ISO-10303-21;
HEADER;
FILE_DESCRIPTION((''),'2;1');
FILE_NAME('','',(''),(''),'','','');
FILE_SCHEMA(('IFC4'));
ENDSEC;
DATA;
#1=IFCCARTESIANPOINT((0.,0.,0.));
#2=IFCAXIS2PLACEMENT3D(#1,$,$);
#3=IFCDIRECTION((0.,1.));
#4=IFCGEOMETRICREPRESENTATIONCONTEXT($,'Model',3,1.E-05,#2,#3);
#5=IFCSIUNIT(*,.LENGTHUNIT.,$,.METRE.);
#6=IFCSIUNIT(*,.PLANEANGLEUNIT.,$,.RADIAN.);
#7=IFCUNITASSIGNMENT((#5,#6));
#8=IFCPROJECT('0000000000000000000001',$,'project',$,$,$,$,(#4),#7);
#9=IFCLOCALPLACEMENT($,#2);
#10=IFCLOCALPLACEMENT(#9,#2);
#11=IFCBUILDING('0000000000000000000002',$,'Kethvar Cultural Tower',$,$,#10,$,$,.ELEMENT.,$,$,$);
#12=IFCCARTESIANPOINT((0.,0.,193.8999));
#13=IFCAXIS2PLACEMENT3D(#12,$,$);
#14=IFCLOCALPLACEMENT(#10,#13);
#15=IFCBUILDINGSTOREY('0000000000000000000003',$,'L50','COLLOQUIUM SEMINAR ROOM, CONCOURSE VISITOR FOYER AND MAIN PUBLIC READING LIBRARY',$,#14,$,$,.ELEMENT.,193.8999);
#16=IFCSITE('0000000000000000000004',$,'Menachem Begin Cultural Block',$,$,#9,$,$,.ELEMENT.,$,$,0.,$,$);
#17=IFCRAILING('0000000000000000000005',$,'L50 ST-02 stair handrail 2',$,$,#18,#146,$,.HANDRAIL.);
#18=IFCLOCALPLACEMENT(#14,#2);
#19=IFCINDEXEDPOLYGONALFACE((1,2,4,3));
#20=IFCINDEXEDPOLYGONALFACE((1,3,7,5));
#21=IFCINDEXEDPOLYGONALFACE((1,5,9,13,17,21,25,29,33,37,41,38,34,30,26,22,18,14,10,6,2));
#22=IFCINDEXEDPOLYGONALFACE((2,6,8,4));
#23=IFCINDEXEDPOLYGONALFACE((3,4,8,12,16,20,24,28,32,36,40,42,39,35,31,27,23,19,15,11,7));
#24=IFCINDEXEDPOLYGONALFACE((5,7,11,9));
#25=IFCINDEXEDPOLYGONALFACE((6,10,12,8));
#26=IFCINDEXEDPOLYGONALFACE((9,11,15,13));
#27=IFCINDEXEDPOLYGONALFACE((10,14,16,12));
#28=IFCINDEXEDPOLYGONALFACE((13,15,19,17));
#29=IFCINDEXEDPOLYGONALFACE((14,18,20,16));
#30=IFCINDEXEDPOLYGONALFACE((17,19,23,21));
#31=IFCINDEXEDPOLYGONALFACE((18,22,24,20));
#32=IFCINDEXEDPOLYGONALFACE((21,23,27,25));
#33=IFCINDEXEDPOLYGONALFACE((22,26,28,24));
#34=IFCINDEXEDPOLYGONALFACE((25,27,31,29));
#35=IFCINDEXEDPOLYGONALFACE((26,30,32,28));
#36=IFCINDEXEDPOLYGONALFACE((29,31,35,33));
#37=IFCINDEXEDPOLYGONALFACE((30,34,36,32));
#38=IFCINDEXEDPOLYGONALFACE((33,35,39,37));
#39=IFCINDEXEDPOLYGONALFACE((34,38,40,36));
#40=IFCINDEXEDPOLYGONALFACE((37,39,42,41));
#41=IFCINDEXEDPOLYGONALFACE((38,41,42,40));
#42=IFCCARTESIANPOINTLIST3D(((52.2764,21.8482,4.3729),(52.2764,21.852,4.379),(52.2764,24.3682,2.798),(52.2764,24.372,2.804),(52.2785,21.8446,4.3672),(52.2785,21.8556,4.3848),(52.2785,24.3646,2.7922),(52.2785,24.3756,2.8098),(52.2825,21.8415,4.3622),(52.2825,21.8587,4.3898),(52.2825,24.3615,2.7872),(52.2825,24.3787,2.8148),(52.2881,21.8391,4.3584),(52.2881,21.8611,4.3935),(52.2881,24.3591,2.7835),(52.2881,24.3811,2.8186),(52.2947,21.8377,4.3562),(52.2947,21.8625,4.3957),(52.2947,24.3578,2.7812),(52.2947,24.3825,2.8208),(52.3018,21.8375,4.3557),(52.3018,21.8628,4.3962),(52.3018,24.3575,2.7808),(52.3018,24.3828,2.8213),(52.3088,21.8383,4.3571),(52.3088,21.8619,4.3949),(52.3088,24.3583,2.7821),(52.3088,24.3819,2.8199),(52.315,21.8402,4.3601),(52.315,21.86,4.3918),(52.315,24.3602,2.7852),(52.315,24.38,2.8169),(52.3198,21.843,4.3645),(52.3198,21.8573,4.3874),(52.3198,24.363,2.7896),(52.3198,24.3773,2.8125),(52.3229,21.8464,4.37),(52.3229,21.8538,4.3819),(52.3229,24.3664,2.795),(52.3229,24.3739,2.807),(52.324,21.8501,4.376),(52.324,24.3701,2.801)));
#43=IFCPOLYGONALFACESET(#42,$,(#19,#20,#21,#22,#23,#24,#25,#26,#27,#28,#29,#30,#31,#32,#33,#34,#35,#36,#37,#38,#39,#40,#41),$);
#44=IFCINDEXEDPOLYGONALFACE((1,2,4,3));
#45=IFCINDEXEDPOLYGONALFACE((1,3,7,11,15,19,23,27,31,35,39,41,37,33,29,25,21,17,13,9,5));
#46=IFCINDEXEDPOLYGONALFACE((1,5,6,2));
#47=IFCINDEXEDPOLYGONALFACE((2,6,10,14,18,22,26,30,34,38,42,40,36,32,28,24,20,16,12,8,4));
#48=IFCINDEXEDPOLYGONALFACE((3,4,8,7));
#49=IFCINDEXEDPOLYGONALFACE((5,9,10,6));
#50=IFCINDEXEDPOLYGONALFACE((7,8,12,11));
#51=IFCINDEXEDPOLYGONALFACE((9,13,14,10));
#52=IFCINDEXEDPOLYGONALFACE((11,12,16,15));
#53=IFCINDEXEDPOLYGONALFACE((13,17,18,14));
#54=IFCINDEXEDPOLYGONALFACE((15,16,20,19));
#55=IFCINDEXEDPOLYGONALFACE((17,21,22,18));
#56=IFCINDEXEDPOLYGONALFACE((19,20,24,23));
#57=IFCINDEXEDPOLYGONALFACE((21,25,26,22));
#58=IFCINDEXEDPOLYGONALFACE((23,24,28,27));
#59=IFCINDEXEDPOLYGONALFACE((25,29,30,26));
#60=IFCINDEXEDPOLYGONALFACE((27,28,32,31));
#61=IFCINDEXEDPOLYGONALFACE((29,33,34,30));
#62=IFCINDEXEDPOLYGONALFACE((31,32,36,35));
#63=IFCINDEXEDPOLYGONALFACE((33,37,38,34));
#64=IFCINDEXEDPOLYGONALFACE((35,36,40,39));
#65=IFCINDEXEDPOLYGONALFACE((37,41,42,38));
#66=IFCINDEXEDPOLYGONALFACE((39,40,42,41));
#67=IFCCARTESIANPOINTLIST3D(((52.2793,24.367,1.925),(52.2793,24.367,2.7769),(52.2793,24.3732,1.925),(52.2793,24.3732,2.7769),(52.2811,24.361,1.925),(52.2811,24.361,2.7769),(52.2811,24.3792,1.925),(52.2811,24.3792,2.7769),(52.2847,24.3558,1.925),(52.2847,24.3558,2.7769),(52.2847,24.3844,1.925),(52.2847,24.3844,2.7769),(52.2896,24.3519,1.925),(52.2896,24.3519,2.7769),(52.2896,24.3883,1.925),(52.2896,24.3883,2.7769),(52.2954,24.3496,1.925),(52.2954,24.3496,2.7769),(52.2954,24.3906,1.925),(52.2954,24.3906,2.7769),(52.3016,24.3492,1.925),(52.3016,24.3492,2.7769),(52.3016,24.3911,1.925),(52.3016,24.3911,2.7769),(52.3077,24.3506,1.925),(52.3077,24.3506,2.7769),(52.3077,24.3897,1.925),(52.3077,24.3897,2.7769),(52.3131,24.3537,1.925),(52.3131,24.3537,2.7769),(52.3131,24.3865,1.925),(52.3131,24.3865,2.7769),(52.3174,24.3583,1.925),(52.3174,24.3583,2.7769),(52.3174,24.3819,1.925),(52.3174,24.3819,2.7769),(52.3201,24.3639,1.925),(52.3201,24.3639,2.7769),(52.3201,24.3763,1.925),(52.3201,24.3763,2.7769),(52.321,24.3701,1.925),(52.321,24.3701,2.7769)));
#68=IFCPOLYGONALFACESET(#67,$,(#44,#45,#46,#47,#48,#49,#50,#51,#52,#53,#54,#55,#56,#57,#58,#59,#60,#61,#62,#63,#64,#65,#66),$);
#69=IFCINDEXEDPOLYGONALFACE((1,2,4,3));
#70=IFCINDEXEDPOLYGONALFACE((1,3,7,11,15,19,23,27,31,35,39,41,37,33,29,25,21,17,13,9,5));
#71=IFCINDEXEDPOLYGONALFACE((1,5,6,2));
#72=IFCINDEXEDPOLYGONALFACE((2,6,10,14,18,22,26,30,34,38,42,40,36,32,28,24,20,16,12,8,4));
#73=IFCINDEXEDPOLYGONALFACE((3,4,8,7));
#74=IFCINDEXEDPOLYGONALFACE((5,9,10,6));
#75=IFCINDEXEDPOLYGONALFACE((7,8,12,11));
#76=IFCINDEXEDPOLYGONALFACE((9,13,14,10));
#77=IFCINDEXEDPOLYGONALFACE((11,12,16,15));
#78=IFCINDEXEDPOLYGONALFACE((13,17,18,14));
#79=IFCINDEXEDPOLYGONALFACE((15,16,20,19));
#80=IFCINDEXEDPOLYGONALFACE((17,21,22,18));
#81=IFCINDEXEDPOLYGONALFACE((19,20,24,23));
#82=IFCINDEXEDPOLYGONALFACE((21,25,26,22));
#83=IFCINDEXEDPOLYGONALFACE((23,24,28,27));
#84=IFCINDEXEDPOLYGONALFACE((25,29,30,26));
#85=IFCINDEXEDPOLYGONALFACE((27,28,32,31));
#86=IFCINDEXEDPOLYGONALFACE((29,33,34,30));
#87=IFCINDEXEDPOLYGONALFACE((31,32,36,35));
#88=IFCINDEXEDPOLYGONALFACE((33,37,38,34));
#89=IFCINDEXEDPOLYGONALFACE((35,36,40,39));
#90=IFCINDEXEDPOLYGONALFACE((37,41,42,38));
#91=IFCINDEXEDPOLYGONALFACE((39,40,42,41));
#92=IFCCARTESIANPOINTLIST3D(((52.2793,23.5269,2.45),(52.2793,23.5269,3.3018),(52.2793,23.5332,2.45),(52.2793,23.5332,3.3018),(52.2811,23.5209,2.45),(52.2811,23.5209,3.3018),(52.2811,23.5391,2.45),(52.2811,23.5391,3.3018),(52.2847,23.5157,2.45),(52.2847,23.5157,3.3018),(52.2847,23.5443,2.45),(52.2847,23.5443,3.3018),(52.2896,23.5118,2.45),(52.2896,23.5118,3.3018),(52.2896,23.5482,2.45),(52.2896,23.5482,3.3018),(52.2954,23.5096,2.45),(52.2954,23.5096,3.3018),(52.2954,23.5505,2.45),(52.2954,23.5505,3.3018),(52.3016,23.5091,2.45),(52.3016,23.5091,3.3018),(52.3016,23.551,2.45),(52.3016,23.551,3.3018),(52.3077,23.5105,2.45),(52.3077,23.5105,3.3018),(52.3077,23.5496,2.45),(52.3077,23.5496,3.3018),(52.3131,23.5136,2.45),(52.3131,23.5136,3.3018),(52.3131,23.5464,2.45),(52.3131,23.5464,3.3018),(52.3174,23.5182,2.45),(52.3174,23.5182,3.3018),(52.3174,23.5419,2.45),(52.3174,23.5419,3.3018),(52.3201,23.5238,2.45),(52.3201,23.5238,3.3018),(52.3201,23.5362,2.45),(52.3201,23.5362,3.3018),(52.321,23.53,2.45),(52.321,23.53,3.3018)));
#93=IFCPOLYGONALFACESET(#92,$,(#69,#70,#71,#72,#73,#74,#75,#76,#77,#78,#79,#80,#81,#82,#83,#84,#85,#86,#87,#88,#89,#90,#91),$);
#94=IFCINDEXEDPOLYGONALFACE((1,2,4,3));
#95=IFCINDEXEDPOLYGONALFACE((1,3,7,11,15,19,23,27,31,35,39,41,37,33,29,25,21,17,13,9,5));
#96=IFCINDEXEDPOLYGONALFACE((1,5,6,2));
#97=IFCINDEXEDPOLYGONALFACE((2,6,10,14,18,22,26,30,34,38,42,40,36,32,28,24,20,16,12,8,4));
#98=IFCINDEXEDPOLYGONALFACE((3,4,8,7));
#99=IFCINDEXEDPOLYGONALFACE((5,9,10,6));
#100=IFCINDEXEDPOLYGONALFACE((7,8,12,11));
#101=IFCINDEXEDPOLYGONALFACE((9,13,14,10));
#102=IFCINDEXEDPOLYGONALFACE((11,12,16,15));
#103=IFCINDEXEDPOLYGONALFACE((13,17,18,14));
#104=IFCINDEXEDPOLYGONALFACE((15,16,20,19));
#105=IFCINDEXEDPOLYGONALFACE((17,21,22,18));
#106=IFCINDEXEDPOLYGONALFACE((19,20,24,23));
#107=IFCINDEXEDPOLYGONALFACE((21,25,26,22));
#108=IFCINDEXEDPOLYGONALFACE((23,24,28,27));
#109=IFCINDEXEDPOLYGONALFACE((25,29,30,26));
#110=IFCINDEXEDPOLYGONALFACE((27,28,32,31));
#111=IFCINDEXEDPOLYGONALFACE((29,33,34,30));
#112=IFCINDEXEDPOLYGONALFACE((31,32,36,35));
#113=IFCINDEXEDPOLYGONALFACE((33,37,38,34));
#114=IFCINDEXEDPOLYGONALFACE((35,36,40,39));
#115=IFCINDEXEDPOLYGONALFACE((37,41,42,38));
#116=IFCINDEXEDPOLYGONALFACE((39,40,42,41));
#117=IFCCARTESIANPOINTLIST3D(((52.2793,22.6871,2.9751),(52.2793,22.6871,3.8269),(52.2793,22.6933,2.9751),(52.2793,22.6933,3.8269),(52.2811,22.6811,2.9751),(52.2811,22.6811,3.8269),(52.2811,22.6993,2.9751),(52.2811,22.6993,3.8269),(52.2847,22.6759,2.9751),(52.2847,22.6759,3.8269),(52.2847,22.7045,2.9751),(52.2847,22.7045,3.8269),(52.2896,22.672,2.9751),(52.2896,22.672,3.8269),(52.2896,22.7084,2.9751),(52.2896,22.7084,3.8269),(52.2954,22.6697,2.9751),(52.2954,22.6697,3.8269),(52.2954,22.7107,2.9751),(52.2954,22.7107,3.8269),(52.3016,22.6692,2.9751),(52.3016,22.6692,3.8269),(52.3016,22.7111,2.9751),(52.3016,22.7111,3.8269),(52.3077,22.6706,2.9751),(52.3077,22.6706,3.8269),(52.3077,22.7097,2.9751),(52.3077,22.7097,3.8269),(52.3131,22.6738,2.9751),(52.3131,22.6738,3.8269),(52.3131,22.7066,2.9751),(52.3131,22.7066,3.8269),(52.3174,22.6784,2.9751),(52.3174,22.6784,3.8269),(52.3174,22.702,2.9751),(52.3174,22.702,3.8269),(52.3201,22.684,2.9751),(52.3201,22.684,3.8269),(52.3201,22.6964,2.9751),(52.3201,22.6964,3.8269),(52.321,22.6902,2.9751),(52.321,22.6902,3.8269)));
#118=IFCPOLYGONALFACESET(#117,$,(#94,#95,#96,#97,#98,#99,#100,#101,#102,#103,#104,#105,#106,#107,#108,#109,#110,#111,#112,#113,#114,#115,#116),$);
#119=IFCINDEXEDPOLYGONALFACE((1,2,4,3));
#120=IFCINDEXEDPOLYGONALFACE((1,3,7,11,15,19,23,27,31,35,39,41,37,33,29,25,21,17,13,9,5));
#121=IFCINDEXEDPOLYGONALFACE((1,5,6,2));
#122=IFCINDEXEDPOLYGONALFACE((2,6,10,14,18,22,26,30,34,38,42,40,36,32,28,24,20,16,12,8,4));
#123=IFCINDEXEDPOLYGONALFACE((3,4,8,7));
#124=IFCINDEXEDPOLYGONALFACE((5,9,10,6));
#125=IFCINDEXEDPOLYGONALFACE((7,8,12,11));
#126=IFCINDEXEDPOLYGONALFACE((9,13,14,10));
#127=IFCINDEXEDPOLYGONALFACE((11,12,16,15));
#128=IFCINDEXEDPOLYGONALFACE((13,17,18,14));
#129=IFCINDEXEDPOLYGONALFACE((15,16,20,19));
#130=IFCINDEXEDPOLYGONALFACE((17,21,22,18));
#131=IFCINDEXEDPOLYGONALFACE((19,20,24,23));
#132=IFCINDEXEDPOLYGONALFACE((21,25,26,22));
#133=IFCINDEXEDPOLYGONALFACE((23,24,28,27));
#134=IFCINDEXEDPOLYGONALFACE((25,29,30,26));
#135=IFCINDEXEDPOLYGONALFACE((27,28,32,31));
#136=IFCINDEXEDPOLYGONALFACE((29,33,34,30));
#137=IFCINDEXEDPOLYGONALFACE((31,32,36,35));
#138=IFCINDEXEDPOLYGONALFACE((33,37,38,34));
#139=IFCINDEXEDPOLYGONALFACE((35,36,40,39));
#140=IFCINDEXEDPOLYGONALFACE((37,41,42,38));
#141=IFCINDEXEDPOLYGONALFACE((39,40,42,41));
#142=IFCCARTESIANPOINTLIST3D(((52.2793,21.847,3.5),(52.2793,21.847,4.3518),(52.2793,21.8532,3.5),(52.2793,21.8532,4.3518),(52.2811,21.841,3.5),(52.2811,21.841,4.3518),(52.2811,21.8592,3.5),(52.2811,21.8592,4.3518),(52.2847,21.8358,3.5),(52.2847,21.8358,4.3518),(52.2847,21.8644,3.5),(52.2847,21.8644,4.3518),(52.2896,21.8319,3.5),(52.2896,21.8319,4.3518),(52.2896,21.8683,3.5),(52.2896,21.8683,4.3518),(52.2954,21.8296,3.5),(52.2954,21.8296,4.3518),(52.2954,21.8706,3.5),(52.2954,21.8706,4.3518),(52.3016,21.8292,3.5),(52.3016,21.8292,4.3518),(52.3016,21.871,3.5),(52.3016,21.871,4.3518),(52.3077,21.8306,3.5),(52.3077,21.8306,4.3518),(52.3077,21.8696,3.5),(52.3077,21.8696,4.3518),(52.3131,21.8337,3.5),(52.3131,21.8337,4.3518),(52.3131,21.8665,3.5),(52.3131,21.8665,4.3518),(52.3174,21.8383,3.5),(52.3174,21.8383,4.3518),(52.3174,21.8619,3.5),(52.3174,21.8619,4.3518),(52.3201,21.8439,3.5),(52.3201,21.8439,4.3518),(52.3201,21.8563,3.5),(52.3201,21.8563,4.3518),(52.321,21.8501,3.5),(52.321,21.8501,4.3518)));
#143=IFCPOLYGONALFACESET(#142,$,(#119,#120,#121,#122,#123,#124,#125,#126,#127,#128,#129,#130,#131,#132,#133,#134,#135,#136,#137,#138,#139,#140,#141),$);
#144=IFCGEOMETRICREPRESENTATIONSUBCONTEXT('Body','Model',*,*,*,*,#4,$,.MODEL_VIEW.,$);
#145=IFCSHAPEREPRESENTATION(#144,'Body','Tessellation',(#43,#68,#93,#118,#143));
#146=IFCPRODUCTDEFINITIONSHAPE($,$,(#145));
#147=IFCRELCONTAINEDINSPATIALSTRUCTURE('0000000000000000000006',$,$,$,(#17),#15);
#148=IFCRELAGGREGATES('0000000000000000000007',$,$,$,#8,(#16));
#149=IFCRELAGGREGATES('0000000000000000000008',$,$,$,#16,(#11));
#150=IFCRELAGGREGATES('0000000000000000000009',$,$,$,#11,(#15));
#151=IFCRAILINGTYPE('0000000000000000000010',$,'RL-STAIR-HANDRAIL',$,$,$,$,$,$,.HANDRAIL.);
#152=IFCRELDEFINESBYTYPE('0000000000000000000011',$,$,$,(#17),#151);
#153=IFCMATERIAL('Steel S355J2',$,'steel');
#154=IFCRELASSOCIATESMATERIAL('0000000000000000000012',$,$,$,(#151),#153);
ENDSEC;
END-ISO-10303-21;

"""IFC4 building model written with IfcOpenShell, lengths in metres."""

from ifc_helpers import new_model, si_unit, direction, frame, origin, origin_2d, place, context, subcontext, project, spatial, circle, extrude, material, type_object, element, save


model = new_model("IFC4")

# Units and contexts
model_context = context("Model", 3, precision=1e-05, world=origin(), true_north=direction((0.0, 1.0)))
body_context = subcontext(model_context, "Body", "Model", "MODEL_VIEW")
ifc_project = project(units=[si_unit("LENGTHUNIT", "METRE"), si_unit("PLANEANGLEUNIT", "RADIAN")], contexts=[model_context])

# Site, building, storey
site_placement = place(None, origin())
site = spatial("IfcSite", under=ifc_project, at=site_placement, Name="Menachem Begin Cultural Block", CompositionType="ELEMENT", RefElevation=0.0)
building_placement = place(site_placement, origin())
building = spatial("IfcBuilding", under=site, at=building_placement, Name="Kethvar Cultural Tower", CompositionType="ELEMENT")
storey_placement = place(building_placement, frame((0.0, 0.0, 193.8999)))
storey = spatial("IfcBuildingStorey", under=building, at=storey_placement, Name="L50", Description="COLLOQUIUM SEMINAR ROOM, CONCOURSE VISITOR FOYER AND MAIN PUBLIC READING LIBRARY", CompositionType="ELEMENT", Elevation=193.8999)

# Shared definitions
ifc_material_1 = material(Name="Steel S355J2", Category="steel")

# Railing
railing_type_1 = type_object("IfcRailingType", Name="RL-STAIR-HANDRAIL", PredefinedType="HANDRAIL", material=ifc_material_1)
railing_1_placement = place(storey_placement, frame((52.3, 24.3701, 1.925)))
element("IfcRailing", 1, at=railing_1_placement, inside=storey, type_object=railing_type_1, Name="L50 ST-02 stair handrail 2", PredefinedType="HANDRAIL", context=body_context, shape_type="SweptSolid", body=[
    extrude(circle(Radius=0.0239, at=origin_2d()), frame((0.0, 0.0, 0.876), z_axis=(0.0, -0.848008, 0.529984), x_axis=(1.0, 0.0, 0.0)), (0.0, 0.0, 1.0), 2.9717),
    extrude(circle(Radius=0.021, at=origin_2d()), origin(), (0.0, 0.0, 1.0), 0.8518),
    extrude(circle(Radius=0.021, at=origin_2d()), frame((0.0, -0.8401, 0.5249)), (0.0, 0.0, 1.0), 0.8518),
    extrude(circle(Radius=0.021, at=origin_2d()), frame((0.0, -1.6799, 1.05)), (0.0, 0.0, 1.0), 0.8518),
    extrude(circle(Radius=0.021, at=origin_2d()), frame((0.0, -2.52, 1.575)), (0.0, 0.0, 1.0), 0.8518),
])

save(model, "model.ifc")
